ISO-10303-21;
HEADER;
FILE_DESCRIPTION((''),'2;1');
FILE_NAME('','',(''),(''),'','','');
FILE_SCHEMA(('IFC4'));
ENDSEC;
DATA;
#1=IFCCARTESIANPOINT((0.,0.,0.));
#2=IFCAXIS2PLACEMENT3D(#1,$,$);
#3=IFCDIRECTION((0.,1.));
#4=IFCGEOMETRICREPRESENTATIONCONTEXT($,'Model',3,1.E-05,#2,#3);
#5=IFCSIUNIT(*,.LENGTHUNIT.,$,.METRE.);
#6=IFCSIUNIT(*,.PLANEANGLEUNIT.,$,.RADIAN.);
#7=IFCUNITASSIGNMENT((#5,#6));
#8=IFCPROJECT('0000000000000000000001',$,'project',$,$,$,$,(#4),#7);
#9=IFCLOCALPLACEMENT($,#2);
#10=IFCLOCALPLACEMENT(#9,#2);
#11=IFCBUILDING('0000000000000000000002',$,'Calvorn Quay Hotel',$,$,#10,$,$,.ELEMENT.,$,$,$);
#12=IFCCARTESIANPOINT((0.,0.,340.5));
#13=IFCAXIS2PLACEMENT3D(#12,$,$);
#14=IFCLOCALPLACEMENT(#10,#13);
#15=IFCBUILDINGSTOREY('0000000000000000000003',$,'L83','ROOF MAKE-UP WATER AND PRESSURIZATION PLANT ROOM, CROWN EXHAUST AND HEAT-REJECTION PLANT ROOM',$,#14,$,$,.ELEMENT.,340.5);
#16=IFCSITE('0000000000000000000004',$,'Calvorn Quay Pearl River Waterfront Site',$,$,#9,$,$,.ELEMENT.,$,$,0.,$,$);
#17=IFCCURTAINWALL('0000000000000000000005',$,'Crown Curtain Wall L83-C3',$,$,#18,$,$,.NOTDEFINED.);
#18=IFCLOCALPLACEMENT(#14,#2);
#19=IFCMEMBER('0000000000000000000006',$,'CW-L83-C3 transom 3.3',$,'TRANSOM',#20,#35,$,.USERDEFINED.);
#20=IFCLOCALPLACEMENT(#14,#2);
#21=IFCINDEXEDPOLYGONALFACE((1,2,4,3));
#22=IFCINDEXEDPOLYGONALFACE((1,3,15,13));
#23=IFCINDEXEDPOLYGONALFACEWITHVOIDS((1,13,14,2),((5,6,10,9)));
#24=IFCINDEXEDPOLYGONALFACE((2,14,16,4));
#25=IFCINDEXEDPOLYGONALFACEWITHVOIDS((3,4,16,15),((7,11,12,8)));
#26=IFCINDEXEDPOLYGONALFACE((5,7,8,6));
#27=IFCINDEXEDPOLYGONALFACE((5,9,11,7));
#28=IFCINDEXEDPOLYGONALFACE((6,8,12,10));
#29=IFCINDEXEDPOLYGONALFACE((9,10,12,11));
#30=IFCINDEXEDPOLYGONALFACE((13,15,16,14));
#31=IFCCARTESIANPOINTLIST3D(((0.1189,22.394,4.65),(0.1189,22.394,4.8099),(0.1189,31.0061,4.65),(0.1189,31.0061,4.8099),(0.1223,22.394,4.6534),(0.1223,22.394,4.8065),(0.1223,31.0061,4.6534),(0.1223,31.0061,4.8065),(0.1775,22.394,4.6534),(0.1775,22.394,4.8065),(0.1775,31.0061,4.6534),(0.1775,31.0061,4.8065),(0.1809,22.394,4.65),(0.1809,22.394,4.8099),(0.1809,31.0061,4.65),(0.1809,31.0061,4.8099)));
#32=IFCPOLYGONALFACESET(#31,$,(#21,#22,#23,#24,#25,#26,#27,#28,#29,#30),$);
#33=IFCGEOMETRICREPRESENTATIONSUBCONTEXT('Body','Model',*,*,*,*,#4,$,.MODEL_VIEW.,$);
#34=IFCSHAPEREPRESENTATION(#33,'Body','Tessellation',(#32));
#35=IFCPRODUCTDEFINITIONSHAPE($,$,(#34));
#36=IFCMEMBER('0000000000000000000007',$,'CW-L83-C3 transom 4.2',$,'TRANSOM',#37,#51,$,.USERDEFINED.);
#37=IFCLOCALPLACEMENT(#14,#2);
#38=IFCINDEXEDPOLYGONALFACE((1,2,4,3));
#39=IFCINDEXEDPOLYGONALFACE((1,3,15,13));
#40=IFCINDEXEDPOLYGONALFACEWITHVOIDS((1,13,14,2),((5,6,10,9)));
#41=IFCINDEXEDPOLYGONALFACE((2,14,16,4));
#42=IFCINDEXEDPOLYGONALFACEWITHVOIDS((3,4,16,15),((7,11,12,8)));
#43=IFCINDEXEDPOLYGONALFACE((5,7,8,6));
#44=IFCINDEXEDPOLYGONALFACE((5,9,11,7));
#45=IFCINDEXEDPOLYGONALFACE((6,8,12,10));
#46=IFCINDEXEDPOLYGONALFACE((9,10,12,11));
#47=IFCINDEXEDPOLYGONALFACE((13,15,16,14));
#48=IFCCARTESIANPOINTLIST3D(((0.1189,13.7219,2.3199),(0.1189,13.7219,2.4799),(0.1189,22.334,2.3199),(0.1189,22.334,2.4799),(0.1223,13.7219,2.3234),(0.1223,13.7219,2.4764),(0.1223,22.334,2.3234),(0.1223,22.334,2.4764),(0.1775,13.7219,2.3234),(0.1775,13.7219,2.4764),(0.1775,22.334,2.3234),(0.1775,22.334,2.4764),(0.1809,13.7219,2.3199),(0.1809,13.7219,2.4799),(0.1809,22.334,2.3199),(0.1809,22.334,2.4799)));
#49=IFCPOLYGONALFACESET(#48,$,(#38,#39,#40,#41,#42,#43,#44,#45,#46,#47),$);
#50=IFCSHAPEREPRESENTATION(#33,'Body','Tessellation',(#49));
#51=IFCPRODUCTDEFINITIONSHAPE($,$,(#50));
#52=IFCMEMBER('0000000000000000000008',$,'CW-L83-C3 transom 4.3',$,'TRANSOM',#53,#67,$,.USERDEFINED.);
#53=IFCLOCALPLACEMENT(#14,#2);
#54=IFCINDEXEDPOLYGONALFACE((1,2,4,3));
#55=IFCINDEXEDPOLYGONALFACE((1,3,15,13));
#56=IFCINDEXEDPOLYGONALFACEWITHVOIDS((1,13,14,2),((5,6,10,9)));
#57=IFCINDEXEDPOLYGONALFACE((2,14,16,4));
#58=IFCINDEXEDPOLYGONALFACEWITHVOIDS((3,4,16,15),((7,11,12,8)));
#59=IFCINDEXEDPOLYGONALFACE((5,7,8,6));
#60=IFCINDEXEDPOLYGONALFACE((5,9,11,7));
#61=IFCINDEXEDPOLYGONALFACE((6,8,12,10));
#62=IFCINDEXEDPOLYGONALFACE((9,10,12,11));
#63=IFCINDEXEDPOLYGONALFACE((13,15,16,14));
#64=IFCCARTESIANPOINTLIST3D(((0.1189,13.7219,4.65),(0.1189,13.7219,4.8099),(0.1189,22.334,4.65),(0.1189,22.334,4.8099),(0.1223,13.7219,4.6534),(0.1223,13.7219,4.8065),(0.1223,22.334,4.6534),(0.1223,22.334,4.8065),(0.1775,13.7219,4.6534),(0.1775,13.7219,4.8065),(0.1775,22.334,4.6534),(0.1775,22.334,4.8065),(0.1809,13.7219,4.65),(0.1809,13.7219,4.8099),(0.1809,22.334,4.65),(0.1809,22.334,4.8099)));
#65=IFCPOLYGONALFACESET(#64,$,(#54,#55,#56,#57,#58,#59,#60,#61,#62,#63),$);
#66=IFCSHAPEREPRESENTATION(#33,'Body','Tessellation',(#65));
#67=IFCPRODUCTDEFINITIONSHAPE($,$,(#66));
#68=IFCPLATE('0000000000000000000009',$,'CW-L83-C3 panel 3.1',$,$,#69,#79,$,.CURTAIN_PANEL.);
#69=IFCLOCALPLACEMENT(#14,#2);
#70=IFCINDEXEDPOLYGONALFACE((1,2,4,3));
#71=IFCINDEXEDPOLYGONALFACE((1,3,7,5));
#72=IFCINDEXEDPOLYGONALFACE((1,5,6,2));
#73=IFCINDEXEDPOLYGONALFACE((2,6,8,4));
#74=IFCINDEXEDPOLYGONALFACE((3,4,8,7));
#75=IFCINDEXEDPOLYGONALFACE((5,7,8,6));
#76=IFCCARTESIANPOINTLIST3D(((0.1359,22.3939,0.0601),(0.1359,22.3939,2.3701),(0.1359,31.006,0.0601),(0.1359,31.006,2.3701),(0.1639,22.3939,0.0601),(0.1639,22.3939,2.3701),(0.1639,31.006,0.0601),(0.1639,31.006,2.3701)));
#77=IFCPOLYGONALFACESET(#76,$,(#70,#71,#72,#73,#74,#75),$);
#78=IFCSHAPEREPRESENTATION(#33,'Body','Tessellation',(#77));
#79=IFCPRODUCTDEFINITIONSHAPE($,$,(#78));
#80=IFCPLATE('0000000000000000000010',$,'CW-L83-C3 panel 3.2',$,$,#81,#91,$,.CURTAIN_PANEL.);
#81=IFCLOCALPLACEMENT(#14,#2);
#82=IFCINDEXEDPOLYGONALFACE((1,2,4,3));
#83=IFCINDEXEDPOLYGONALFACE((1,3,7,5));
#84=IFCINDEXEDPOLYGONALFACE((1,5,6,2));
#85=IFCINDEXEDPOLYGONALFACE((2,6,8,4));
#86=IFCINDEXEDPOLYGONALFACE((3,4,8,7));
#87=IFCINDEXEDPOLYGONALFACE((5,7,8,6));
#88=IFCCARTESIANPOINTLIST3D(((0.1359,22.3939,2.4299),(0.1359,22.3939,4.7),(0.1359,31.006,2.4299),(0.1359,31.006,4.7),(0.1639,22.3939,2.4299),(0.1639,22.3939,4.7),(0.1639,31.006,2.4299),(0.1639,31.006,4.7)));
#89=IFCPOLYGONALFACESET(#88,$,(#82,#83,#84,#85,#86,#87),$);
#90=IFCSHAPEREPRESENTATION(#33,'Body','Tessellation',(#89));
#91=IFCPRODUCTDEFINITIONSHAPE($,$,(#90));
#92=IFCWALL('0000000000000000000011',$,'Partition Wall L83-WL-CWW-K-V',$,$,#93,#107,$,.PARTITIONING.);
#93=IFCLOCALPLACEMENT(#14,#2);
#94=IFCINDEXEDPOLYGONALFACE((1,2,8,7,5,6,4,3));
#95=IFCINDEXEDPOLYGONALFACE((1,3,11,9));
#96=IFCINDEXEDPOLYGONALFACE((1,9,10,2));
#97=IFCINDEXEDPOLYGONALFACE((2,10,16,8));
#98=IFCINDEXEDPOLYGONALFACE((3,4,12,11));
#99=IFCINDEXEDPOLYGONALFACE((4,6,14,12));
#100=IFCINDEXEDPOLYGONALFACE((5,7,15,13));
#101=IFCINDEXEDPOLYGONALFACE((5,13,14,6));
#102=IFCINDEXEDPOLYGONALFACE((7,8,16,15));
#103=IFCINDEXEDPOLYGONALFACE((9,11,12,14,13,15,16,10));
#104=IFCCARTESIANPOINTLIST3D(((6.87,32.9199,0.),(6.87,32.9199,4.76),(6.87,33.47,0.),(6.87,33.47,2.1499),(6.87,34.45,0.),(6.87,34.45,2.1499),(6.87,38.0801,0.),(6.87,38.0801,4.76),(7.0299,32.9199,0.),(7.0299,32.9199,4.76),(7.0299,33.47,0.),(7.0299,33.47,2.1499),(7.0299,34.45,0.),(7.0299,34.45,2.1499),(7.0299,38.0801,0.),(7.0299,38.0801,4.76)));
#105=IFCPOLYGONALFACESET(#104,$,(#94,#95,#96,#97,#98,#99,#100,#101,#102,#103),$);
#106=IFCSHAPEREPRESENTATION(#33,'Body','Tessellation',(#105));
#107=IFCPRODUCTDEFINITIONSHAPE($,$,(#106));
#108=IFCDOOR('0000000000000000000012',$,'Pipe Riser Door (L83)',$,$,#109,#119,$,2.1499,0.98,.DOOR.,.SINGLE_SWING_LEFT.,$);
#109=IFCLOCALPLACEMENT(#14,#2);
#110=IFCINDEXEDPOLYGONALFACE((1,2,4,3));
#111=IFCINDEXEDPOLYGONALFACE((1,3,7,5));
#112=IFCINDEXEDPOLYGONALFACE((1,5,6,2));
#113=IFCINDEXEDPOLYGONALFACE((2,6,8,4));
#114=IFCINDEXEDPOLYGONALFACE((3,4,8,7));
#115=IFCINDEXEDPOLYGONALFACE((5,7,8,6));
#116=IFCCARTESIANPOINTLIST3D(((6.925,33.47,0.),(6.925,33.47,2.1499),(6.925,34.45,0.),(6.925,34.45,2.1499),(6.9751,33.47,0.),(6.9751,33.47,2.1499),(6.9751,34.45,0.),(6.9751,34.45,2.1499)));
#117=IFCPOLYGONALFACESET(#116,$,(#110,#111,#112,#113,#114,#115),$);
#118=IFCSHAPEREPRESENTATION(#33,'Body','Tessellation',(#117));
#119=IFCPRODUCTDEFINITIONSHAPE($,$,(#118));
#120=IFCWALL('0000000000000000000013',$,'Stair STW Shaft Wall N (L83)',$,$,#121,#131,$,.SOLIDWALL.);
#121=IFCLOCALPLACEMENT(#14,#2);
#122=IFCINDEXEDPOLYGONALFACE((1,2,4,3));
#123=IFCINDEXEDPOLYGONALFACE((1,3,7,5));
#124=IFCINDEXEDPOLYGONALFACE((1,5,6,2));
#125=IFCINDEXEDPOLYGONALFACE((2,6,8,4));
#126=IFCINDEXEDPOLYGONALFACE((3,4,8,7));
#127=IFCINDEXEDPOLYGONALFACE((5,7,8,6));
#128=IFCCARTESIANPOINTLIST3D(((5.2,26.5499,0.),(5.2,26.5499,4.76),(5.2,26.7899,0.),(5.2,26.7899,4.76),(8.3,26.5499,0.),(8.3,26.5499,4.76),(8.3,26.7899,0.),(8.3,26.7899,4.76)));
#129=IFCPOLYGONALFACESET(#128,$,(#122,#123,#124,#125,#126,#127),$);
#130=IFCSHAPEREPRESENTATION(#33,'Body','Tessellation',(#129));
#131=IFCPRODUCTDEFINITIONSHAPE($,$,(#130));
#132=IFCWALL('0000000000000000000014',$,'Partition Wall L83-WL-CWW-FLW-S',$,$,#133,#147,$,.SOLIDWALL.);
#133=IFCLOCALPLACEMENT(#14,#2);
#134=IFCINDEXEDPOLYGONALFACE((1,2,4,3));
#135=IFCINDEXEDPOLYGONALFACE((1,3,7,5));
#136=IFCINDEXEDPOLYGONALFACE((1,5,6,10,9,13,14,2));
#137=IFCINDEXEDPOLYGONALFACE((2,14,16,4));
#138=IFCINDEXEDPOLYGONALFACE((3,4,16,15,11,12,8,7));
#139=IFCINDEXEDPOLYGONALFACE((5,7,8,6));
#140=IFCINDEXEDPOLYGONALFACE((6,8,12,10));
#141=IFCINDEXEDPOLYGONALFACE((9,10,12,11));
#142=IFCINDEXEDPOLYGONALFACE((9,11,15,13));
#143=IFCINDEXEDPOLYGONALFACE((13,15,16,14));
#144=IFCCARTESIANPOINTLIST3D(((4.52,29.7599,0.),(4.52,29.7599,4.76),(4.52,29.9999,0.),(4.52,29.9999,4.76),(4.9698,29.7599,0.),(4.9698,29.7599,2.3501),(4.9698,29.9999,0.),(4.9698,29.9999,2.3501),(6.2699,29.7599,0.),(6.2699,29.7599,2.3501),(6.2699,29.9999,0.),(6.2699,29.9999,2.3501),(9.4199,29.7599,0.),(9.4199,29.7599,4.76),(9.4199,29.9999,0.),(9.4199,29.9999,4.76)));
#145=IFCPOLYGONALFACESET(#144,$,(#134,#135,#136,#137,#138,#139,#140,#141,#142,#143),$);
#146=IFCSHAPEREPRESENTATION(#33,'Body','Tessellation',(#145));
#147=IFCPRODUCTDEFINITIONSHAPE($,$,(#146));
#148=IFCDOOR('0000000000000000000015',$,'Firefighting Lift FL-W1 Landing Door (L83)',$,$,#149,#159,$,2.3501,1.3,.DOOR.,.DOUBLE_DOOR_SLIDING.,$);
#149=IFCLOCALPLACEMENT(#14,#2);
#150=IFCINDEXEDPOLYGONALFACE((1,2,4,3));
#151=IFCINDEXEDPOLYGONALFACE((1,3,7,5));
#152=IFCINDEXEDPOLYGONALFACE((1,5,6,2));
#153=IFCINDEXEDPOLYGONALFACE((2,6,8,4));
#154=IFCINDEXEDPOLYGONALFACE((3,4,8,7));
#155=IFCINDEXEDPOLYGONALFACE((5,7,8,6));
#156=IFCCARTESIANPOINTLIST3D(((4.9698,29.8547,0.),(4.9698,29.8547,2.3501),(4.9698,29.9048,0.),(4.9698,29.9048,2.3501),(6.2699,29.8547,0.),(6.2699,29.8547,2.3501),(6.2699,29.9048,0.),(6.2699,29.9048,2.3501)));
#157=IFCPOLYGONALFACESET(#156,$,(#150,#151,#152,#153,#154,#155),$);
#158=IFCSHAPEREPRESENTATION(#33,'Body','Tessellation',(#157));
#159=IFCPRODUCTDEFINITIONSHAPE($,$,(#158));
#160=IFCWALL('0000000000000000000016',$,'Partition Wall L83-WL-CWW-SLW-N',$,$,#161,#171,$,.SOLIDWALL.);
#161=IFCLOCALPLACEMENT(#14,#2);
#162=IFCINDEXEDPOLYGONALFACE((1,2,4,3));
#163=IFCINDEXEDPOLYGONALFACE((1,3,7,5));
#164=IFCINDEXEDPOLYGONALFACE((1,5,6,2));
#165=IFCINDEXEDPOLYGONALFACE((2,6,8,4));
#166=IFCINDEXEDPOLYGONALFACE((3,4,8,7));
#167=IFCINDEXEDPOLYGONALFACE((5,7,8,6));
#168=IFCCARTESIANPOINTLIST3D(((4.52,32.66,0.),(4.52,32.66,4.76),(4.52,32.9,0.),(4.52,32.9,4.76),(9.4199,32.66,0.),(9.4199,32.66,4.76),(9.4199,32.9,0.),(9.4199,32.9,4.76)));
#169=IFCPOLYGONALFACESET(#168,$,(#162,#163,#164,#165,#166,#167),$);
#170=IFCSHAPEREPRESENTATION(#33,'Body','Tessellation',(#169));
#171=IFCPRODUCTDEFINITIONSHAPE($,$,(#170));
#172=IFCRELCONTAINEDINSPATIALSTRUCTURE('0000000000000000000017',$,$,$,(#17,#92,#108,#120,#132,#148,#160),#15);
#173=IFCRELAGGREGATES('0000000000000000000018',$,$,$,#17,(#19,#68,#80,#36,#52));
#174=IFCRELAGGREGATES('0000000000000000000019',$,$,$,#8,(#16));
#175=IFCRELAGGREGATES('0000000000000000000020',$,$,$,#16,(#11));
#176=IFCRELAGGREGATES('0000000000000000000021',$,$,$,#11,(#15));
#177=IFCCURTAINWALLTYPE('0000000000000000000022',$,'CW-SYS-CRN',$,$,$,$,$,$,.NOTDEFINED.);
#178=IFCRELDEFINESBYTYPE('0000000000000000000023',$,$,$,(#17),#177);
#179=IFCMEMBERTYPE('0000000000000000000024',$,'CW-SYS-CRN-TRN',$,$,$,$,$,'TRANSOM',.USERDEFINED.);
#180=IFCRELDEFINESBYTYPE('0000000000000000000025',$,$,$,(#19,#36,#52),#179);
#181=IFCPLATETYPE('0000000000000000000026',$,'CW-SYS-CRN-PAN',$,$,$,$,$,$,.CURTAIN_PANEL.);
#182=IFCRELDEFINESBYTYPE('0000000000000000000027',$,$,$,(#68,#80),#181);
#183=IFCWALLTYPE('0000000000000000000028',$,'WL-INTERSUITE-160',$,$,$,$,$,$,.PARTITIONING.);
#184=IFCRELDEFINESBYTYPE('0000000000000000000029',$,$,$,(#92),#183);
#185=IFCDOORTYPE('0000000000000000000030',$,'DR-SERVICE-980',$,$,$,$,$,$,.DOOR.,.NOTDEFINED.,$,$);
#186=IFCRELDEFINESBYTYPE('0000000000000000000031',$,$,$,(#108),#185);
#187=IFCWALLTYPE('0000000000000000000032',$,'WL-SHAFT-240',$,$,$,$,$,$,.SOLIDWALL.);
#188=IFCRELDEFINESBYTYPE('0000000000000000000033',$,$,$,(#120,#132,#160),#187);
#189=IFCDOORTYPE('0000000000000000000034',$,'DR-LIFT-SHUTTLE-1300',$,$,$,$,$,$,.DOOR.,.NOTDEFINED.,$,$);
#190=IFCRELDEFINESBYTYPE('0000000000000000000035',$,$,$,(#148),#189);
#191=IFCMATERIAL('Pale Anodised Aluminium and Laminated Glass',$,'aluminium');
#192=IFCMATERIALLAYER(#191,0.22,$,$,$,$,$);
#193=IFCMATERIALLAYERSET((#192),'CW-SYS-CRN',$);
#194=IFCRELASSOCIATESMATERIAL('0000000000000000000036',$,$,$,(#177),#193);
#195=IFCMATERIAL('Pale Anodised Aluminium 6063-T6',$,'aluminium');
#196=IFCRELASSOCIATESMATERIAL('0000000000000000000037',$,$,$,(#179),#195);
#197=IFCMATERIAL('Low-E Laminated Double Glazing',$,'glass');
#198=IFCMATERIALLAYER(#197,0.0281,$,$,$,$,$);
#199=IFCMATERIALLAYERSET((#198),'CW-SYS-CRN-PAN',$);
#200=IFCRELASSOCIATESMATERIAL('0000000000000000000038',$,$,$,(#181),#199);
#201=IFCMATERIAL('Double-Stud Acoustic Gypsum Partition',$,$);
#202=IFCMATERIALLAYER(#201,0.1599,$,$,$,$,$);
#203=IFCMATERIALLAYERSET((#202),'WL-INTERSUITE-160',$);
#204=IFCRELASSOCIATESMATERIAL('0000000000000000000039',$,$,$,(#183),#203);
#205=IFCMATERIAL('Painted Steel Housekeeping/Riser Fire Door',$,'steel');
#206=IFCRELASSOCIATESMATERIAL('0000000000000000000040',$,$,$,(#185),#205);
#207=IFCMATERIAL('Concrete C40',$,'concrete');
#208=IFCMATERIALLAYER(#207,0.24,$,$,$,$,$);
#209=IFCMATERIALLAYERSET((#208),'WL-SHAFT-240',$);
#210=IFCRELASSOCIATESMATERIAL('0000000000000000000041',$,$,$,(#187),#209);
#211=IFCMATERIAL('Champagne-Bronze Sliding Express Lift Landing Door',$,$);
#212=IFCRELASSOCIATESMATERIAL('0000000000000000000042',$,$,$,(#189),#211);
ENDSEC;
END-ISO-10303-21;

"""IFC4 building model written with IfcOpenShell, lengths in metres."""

from ifc_helpers import new_model, si_unit, direction, frame, frame_2d, origin, origin_2d, place, context, subcontext, project, spatial, rectangle, hollow_rectangle, extrude, material, layer, layer_set, material_profile, profile_set, type_object, element, fill, aggregate, save


model = new_model("IFC4")

# Units and contexts
model_context = context("Model", 3, precision=1e-05, world=origin(), true_north=direction((0.0, 1.0)))
body_context = subcontext(model_context, "Body", "Model", "MODEL_VIEW")
ifc_project = project(units=[si_unit("LENGTHUNIT", "METRE"), si_unit("PLANEANGLEUNIT", "RADIAN")], contexts=[model_context])

# Site, building, storey
site_placement = place(None, origin())
site = spatial("IfcSite", under=ifc_project, at=site_placement, Name="Calvorn Quay Pearl River Waterfront Site", CompositionType="ELEMENT", RefElevation=0.0)
building_placement = place(site_placement, origin())
building = spatial("IfcBuilding", under=site, at=building_placement, Name="Calvorn Quay Hotel", CompositionType="ELEMENT")
storey_placement = place(building_placement, frame((0.0, 0.0, 340.5)))
storey = spatial("IfcBuildingStorey", under=building, at=storey_placement, Name="L83", Description="ROOF MAKE-UP WATER AND PRESSURIZATION PLANT ROOM, CROWN EXHAUST AND HEAT-REJECTION PLANT ROOM", CompositionType="ELEMENT", Elevation=340.5)

# Curtain wall, members, plates
ifc_material_1 = material(Name="Pale Anodised Aluminium and Laminated Glass", Category="aluminium")
ifc_layer_1 = layer(ifc_material_1, 0.22)
ifc_layer_set_1 = layer_set([ifc_layer_1], Name="CW-SYS-CRN")
curtain_wall_type = type_object("IfcCurtainWallType", Name="CW-SYS-CRN", PredefinedType="NOTDEFINED", material=ifc_layer_set_1)
curtain_wall_placement = place(storey_placement, origin())
curtain_wall = element("IfcCurtainWall", 1, at=curtain_wall_placement, inside=storey, type_object=curtain_wall_type, Name="Crown Curtain Wall L83-C3", PredefinedType="NOTDEFINED")
ifc_material_2 = material(Name="Pale Anodised Aluminium 6063-T6", Category="aluminium")
ifc_material_profile_1 = material_profile(ifc_material_2, hollow_rectangle(XDim=0.062, YDim=0.1599, WallThickness=0.0034, at=origin_2d()), Name="ALU-T160x62x3.5")
ifc_profile_set_1 = profile_set([ifc_material_profile_1], Name="Pale Anodised Aluminium 6063-T6")
member_type_1 = type_object("IfcMemberType", Name="CW-SYS-CRN-TRN", ElementType="TRANSOM", PredefinedType="USERDEFINED", material=ifc_profile_set_1)
member_1_placement = place(storey_placement, frame((0.1499, 31.0061, 4.73), z_axis=(0.0, -1.0, 0.0), x_axis=(1.0, 0.0, 0.0)))
member_1 = element("IfcMember", 2, at=member_1_placement, type_object=member_type_1, Name="CW-L83-C3 transom 3.3", ObjectType="TRANSOM", PredefinedType="USERDEFINED", context=body_context, shape_type="SweptSolid", body=[
    extrude(hollow_rectangle(XDim=0.062, YDim=0.1599, WallThickness=0.0034, at=origin_2d()), origin(), (0.0, 0.0, 1.0), 8.6121),
])
member_2_placement = place(storey_placement, frame((0.1499, 22.334, 2.3999), z_axis=(0.0, -1.0, 0.0), x_axis=(1.0, 0.0, 0.0)))
member_2 = element("IfcMember", 3, at=member_2_placement, type_object=member_type_1, Name="CW-L83-C3 transom 4.2", ObjectType="TRANSOM", PredefinedType="USERDEFINED", context=body_context, shape_type="SweptSolid", body=[
    extrude(hollow_rectangle(XDim=0.062, YDim=0.1599, WallThickness=0.0034, at=origin_2d()), origin(), (0.0, 0.0, 1.0), 8.6121),
])
member_3_placement = place(storey_placement, frame((0.1499, 22.334, 4.73), z_axis=(0.0, -1.0, 0.0), x_axis=(1.0, 0.0, 0.0)))
member_3 = element("IfcMember", 4, at=member_3_placement, type_object=member_type_1, Name="CW-L83-C3 transom 4.3", ObjectType="TRANSOM", PredefinedType="USERDEFINED", context=body_context, shape_type="SweptSolid", body=[
    extrude(hollow_rectangle(XDim=0.062, YDim=0.1599, WallThickness=0.0034, at=origin_2d()), origin(), (0.0, 0.0, 1.0), 8.6121),
])
ifc_material_3 = material(Name="Low-E Laminated Double Glazing", Category="glass")
ifc_layer_2 = layer(ifc_material_3, 0.0281)
ifc_layer_set_2 = layer_set([ifc_layer_2], Name="CW-SYS-CRN-PAN")
plate_type = type_object("IfcPlateType", Name="CW-SYS-CRN-PAN", PredefinedType="CURTAIN_PANEL", material=ifc_layer_set_2)
plate_1_placement = place(storey_placement, frame((0.1499, 26.7, 0.0601), z_axis=(0.0, 0.0, 1.0), x_axis=(0.0, -1.0, 0.0)))
plate_1 = element("IfcPlate", 5, at=plate_1_placement, type_object=plate_type, Name="CW-L83-C3 panel 3.1", PredefinedType="CURTAIN_PANEL", context=body_context, shape_type="SweptSolid", body=[
    extrude(rectangle(XDim=8.6121, YDim=0.0281, at=origin_2d()), origin(), (0.0, 0.0, 1.0), 2.3101),
])
plate_2_placement = place(storey_placement, frame((0.1499, 26.7, 2.4299), z_axis=(0.0, 0.0, 1.0), x_axis=(0.0, -1.0, 0.0)))
plate_2 = element("IfcPlate", 6, at=plate_2_placement, type_object=plate_type, Name="CW-L83-C3 panel 3.2", PredefinedType="CURTAIN_PANEL", context=body_context, shape_type="SweptSolid", body=[
    extrude(rectangle(XDim=8.6121, YDim=0.0281, at=origin_2d()), origin(), (0.0, 0.0, 1.0), 2.27),
])
aggregate(curtain_wall, [member_1, plate_1, plate_2, member_2, member_3])

# Wall, opening, door
ifc_material_4 = material(Name="Double-Stud Acoustic Gypsum Partition")
ifc_layer_3 = layer(ifc_material_4, 0.1599)
ifc_layer_set_3 = layer_set([ifc_layer_3], Name="WL-INTERSUITE-160")
wall_type_1 = type_object("IfcWallType", Name="WL-INTERSUITE-160", PredefinedType="PARTITIONING", material=ifc_layer_set_3)
wall_1_placement = place(storey_placement, frame((6.95, 32.9199, 0.0), z_axis=(0.0, 0.0, 1.0), x_axis=(0.0, 1.0, 0.0)))
wall_1 = element("IfcWall", 7, at=wall_1_placement, inside=storey, type_object=wall_type_1, Name="Partition Wall L83-WL-CWW-K-V", PredefinedType="PARTITIONING", context=body_context, shape_type="SweptSolid", body=[
    extrude(rectangle(XDim=5.1602, YDim=0.1599, at=frame_2d((2.5801, 0.0))), origin(), (0.0, 0.0, 1.0), 4.76),
])
opening_1_placement = place(wall_1_placement, frame((0.55, 0.0, 0.0)))
opening_1 = element("IfcOpeningElement", 8, at=opening_1_placement, cuts=wall_1, PredefinedType="OPENING", context=body_context, shape_type="SweptSolid", body=[
    extrude(rectangle(XDim=0.98, YDim=2.1499, at=frame_2d((0.49, 1.075))), frame((0.0, 0.0898, 0.0), z_axis=(0.0, -1.0, 0.0), x_axis=(1.0, 0.0, 0.0)), (0.0, 0.0, 1.0), 0.1799),
])
ifc_material_5 = material(Name="Painted Steel Housekeeping/Riser Fire Door", Category="steel")
door_type_1 = type_object("IfcDoorType", Name="DR-SERVICE-980", OperationType="NOTDEFINED", PredefinedType="DOOR", material=ifc_material_5)
door_1_placement = place(opening_1_placement, origin())
door_1 = element("IfcDoor", 9, at=door_1_placement, inside=storey, type_object=door_type_1, Name="Pipe Riser Door (L83)", OperationType="SINGLE_SWING_LEFT", OverallHeight=2.1499, OverallWidth=0.98, PredefinedType="DOOR", context=body_context, shape_type="SweptSolid", body=[
    extrude(rectangle(XDim=0.98, YDim=2.1499, at=frame_2d((0.49, 1.075))), frame((0.0, 0.0249, 0.0), z_axis=(0.0, -1.0, 0.0), x_axis=(1.0, 0.0, 0.0)), (0.0, 0.0, 1.0), 0.05),
])
fill(opening_1, door_1)

# Wall
ifc_material_6 = material(Name="Concrete C40", Category="concrete")
ifc_layer_4 = layer(ifc_material_6, 0.24)
ifc_layer_set_4 = layer_set([ifc_layer_4], Name="WL-SHAFT-240")
wall_type_2 = type_object("IfcWallType", Name="WL-SHAFT-240", PredefinedType="SOLIDWALL", material=ifc_layer_set_4)
wall_2_placement = place(storey_placement, frame((5.2, 26.6699, 0.0), z_axis=(0.0, 0.0, 1.0), x_axis=(1.0, 0.0, 0.0)))
element("IfcWall", 10, at=wall_2_placement, inside=storey, type_object=wall_type_2, Name="Stair STW Shaft Wall N (L83)", PredefinedType="SOLIDWALL", context=body_context, shape_type="SweptSolid", body=[
    extrude(rectangle(XDim=3.1001, YDim=0.24, at=frame_2d((1.55, 0.0))), origin(), (0.0, 0.0, 1.0), 4.76),
])

# Wall, opening, door
wall_3_placement = place(storey_placement, frame((4.52, 29.8799, 0.0), z_axis=(0.0, 0.0, 1.0), x_axis=(1.0, 0.0, 0.0)))
wall_3 = element("IfcWall", 11, at=wall_3_placement, inside=storey, type_object=wall_type_2, Name="Partition Wall L83-WL-CWW-FLW-S", PredefinedType="SOLIDWALL", context=body_context, shape_type="SweptSolid", body=[
    extrude(rectangle(XDim=4.8999, YDim=0.24, at=frame_2d((2.45, 0.0))), origin(), (0.0, 0.0, 1.0), 4.76),
])
opening_2_placement = place(wall_3_placement, frame((0.45, 0.0, 0.0)))
opening_2 = element("IfcOpeningElement", 12, at=opening_2_placement, cuts=wall_3, PredefinedType="OPENING", context=body_context, shape_type="SweptSolid", body=[
    extrude(rectangle(XDim=1.3, YDim=2.3501, at=frame_2d((0.6499, 1.175))), frame((0.0, 0.1299, 0.0), z_axis=(0.0, -1.0, 0.0), x_axis=(1.0, 0.0, 0.0)), (0.0, 0.0, 1.0), 0.26),
])
ifc_material_7 = material(Name="Champagne-Bronze Sliding Express Lift Landing Door")
door_type_2 = type_object("IfcDoorType", Name="DR-LIFT-SHUTTLE-1300", OperationType="NOTDEFINED", PredefinedType="DOOR", material=ifc_material_7)
door_2_placement = place(opening_2_placement, origin())
door_2 = element("IfcDoor", 13, at=door_2_placement, inside=storey, type_object=door_type_2, Name="Firefighting Lift FL-W1 Landing Door (L83)", OperationType="DOUBLE_DOOR_SLIDING", OverallHeight=2.3501, OverallWidth=1.3, PredefinedType="DOOR", context=body_context, shape_type="SweptSolid", body=[
    extrude(rectangle(XDim=1.3, YDim=2.3501, at=frame_2d((0.6499, 1.175))), frame((0.0, 0.0249, 0.0), z_axis=(0.0, -1.0, 0.0), x_axis=(1.0, 0.0, 0.0)), (0.0, 0.0, 1.0), 0.05),
])
fill(opening_2, door_2)

# Wall
wall_4_placement = place(storey_placement, frame((4.52, 32.78, 0.0), z_axis=(0.0, 0.0, 1.0), x_axis=(1.0, 0.0, 0.0)))
element("IfcWall", 14, at=wall_4_placement, inside=storey, type_object=wall_type_2, Name="Partition Wall L83-WL-CWW-SLW-N", PredefinedType="SOLIDWALL", context=body_context, shape_type="SweptSolid", body=[
    extrude(rectangle(XDim=4.8999, YDim=0.24, at=frame_2d((2.45, 0.0))), origin(), (0.0, 0.0, 1.0), 4.76),
])

save(model, "model.ifc")
